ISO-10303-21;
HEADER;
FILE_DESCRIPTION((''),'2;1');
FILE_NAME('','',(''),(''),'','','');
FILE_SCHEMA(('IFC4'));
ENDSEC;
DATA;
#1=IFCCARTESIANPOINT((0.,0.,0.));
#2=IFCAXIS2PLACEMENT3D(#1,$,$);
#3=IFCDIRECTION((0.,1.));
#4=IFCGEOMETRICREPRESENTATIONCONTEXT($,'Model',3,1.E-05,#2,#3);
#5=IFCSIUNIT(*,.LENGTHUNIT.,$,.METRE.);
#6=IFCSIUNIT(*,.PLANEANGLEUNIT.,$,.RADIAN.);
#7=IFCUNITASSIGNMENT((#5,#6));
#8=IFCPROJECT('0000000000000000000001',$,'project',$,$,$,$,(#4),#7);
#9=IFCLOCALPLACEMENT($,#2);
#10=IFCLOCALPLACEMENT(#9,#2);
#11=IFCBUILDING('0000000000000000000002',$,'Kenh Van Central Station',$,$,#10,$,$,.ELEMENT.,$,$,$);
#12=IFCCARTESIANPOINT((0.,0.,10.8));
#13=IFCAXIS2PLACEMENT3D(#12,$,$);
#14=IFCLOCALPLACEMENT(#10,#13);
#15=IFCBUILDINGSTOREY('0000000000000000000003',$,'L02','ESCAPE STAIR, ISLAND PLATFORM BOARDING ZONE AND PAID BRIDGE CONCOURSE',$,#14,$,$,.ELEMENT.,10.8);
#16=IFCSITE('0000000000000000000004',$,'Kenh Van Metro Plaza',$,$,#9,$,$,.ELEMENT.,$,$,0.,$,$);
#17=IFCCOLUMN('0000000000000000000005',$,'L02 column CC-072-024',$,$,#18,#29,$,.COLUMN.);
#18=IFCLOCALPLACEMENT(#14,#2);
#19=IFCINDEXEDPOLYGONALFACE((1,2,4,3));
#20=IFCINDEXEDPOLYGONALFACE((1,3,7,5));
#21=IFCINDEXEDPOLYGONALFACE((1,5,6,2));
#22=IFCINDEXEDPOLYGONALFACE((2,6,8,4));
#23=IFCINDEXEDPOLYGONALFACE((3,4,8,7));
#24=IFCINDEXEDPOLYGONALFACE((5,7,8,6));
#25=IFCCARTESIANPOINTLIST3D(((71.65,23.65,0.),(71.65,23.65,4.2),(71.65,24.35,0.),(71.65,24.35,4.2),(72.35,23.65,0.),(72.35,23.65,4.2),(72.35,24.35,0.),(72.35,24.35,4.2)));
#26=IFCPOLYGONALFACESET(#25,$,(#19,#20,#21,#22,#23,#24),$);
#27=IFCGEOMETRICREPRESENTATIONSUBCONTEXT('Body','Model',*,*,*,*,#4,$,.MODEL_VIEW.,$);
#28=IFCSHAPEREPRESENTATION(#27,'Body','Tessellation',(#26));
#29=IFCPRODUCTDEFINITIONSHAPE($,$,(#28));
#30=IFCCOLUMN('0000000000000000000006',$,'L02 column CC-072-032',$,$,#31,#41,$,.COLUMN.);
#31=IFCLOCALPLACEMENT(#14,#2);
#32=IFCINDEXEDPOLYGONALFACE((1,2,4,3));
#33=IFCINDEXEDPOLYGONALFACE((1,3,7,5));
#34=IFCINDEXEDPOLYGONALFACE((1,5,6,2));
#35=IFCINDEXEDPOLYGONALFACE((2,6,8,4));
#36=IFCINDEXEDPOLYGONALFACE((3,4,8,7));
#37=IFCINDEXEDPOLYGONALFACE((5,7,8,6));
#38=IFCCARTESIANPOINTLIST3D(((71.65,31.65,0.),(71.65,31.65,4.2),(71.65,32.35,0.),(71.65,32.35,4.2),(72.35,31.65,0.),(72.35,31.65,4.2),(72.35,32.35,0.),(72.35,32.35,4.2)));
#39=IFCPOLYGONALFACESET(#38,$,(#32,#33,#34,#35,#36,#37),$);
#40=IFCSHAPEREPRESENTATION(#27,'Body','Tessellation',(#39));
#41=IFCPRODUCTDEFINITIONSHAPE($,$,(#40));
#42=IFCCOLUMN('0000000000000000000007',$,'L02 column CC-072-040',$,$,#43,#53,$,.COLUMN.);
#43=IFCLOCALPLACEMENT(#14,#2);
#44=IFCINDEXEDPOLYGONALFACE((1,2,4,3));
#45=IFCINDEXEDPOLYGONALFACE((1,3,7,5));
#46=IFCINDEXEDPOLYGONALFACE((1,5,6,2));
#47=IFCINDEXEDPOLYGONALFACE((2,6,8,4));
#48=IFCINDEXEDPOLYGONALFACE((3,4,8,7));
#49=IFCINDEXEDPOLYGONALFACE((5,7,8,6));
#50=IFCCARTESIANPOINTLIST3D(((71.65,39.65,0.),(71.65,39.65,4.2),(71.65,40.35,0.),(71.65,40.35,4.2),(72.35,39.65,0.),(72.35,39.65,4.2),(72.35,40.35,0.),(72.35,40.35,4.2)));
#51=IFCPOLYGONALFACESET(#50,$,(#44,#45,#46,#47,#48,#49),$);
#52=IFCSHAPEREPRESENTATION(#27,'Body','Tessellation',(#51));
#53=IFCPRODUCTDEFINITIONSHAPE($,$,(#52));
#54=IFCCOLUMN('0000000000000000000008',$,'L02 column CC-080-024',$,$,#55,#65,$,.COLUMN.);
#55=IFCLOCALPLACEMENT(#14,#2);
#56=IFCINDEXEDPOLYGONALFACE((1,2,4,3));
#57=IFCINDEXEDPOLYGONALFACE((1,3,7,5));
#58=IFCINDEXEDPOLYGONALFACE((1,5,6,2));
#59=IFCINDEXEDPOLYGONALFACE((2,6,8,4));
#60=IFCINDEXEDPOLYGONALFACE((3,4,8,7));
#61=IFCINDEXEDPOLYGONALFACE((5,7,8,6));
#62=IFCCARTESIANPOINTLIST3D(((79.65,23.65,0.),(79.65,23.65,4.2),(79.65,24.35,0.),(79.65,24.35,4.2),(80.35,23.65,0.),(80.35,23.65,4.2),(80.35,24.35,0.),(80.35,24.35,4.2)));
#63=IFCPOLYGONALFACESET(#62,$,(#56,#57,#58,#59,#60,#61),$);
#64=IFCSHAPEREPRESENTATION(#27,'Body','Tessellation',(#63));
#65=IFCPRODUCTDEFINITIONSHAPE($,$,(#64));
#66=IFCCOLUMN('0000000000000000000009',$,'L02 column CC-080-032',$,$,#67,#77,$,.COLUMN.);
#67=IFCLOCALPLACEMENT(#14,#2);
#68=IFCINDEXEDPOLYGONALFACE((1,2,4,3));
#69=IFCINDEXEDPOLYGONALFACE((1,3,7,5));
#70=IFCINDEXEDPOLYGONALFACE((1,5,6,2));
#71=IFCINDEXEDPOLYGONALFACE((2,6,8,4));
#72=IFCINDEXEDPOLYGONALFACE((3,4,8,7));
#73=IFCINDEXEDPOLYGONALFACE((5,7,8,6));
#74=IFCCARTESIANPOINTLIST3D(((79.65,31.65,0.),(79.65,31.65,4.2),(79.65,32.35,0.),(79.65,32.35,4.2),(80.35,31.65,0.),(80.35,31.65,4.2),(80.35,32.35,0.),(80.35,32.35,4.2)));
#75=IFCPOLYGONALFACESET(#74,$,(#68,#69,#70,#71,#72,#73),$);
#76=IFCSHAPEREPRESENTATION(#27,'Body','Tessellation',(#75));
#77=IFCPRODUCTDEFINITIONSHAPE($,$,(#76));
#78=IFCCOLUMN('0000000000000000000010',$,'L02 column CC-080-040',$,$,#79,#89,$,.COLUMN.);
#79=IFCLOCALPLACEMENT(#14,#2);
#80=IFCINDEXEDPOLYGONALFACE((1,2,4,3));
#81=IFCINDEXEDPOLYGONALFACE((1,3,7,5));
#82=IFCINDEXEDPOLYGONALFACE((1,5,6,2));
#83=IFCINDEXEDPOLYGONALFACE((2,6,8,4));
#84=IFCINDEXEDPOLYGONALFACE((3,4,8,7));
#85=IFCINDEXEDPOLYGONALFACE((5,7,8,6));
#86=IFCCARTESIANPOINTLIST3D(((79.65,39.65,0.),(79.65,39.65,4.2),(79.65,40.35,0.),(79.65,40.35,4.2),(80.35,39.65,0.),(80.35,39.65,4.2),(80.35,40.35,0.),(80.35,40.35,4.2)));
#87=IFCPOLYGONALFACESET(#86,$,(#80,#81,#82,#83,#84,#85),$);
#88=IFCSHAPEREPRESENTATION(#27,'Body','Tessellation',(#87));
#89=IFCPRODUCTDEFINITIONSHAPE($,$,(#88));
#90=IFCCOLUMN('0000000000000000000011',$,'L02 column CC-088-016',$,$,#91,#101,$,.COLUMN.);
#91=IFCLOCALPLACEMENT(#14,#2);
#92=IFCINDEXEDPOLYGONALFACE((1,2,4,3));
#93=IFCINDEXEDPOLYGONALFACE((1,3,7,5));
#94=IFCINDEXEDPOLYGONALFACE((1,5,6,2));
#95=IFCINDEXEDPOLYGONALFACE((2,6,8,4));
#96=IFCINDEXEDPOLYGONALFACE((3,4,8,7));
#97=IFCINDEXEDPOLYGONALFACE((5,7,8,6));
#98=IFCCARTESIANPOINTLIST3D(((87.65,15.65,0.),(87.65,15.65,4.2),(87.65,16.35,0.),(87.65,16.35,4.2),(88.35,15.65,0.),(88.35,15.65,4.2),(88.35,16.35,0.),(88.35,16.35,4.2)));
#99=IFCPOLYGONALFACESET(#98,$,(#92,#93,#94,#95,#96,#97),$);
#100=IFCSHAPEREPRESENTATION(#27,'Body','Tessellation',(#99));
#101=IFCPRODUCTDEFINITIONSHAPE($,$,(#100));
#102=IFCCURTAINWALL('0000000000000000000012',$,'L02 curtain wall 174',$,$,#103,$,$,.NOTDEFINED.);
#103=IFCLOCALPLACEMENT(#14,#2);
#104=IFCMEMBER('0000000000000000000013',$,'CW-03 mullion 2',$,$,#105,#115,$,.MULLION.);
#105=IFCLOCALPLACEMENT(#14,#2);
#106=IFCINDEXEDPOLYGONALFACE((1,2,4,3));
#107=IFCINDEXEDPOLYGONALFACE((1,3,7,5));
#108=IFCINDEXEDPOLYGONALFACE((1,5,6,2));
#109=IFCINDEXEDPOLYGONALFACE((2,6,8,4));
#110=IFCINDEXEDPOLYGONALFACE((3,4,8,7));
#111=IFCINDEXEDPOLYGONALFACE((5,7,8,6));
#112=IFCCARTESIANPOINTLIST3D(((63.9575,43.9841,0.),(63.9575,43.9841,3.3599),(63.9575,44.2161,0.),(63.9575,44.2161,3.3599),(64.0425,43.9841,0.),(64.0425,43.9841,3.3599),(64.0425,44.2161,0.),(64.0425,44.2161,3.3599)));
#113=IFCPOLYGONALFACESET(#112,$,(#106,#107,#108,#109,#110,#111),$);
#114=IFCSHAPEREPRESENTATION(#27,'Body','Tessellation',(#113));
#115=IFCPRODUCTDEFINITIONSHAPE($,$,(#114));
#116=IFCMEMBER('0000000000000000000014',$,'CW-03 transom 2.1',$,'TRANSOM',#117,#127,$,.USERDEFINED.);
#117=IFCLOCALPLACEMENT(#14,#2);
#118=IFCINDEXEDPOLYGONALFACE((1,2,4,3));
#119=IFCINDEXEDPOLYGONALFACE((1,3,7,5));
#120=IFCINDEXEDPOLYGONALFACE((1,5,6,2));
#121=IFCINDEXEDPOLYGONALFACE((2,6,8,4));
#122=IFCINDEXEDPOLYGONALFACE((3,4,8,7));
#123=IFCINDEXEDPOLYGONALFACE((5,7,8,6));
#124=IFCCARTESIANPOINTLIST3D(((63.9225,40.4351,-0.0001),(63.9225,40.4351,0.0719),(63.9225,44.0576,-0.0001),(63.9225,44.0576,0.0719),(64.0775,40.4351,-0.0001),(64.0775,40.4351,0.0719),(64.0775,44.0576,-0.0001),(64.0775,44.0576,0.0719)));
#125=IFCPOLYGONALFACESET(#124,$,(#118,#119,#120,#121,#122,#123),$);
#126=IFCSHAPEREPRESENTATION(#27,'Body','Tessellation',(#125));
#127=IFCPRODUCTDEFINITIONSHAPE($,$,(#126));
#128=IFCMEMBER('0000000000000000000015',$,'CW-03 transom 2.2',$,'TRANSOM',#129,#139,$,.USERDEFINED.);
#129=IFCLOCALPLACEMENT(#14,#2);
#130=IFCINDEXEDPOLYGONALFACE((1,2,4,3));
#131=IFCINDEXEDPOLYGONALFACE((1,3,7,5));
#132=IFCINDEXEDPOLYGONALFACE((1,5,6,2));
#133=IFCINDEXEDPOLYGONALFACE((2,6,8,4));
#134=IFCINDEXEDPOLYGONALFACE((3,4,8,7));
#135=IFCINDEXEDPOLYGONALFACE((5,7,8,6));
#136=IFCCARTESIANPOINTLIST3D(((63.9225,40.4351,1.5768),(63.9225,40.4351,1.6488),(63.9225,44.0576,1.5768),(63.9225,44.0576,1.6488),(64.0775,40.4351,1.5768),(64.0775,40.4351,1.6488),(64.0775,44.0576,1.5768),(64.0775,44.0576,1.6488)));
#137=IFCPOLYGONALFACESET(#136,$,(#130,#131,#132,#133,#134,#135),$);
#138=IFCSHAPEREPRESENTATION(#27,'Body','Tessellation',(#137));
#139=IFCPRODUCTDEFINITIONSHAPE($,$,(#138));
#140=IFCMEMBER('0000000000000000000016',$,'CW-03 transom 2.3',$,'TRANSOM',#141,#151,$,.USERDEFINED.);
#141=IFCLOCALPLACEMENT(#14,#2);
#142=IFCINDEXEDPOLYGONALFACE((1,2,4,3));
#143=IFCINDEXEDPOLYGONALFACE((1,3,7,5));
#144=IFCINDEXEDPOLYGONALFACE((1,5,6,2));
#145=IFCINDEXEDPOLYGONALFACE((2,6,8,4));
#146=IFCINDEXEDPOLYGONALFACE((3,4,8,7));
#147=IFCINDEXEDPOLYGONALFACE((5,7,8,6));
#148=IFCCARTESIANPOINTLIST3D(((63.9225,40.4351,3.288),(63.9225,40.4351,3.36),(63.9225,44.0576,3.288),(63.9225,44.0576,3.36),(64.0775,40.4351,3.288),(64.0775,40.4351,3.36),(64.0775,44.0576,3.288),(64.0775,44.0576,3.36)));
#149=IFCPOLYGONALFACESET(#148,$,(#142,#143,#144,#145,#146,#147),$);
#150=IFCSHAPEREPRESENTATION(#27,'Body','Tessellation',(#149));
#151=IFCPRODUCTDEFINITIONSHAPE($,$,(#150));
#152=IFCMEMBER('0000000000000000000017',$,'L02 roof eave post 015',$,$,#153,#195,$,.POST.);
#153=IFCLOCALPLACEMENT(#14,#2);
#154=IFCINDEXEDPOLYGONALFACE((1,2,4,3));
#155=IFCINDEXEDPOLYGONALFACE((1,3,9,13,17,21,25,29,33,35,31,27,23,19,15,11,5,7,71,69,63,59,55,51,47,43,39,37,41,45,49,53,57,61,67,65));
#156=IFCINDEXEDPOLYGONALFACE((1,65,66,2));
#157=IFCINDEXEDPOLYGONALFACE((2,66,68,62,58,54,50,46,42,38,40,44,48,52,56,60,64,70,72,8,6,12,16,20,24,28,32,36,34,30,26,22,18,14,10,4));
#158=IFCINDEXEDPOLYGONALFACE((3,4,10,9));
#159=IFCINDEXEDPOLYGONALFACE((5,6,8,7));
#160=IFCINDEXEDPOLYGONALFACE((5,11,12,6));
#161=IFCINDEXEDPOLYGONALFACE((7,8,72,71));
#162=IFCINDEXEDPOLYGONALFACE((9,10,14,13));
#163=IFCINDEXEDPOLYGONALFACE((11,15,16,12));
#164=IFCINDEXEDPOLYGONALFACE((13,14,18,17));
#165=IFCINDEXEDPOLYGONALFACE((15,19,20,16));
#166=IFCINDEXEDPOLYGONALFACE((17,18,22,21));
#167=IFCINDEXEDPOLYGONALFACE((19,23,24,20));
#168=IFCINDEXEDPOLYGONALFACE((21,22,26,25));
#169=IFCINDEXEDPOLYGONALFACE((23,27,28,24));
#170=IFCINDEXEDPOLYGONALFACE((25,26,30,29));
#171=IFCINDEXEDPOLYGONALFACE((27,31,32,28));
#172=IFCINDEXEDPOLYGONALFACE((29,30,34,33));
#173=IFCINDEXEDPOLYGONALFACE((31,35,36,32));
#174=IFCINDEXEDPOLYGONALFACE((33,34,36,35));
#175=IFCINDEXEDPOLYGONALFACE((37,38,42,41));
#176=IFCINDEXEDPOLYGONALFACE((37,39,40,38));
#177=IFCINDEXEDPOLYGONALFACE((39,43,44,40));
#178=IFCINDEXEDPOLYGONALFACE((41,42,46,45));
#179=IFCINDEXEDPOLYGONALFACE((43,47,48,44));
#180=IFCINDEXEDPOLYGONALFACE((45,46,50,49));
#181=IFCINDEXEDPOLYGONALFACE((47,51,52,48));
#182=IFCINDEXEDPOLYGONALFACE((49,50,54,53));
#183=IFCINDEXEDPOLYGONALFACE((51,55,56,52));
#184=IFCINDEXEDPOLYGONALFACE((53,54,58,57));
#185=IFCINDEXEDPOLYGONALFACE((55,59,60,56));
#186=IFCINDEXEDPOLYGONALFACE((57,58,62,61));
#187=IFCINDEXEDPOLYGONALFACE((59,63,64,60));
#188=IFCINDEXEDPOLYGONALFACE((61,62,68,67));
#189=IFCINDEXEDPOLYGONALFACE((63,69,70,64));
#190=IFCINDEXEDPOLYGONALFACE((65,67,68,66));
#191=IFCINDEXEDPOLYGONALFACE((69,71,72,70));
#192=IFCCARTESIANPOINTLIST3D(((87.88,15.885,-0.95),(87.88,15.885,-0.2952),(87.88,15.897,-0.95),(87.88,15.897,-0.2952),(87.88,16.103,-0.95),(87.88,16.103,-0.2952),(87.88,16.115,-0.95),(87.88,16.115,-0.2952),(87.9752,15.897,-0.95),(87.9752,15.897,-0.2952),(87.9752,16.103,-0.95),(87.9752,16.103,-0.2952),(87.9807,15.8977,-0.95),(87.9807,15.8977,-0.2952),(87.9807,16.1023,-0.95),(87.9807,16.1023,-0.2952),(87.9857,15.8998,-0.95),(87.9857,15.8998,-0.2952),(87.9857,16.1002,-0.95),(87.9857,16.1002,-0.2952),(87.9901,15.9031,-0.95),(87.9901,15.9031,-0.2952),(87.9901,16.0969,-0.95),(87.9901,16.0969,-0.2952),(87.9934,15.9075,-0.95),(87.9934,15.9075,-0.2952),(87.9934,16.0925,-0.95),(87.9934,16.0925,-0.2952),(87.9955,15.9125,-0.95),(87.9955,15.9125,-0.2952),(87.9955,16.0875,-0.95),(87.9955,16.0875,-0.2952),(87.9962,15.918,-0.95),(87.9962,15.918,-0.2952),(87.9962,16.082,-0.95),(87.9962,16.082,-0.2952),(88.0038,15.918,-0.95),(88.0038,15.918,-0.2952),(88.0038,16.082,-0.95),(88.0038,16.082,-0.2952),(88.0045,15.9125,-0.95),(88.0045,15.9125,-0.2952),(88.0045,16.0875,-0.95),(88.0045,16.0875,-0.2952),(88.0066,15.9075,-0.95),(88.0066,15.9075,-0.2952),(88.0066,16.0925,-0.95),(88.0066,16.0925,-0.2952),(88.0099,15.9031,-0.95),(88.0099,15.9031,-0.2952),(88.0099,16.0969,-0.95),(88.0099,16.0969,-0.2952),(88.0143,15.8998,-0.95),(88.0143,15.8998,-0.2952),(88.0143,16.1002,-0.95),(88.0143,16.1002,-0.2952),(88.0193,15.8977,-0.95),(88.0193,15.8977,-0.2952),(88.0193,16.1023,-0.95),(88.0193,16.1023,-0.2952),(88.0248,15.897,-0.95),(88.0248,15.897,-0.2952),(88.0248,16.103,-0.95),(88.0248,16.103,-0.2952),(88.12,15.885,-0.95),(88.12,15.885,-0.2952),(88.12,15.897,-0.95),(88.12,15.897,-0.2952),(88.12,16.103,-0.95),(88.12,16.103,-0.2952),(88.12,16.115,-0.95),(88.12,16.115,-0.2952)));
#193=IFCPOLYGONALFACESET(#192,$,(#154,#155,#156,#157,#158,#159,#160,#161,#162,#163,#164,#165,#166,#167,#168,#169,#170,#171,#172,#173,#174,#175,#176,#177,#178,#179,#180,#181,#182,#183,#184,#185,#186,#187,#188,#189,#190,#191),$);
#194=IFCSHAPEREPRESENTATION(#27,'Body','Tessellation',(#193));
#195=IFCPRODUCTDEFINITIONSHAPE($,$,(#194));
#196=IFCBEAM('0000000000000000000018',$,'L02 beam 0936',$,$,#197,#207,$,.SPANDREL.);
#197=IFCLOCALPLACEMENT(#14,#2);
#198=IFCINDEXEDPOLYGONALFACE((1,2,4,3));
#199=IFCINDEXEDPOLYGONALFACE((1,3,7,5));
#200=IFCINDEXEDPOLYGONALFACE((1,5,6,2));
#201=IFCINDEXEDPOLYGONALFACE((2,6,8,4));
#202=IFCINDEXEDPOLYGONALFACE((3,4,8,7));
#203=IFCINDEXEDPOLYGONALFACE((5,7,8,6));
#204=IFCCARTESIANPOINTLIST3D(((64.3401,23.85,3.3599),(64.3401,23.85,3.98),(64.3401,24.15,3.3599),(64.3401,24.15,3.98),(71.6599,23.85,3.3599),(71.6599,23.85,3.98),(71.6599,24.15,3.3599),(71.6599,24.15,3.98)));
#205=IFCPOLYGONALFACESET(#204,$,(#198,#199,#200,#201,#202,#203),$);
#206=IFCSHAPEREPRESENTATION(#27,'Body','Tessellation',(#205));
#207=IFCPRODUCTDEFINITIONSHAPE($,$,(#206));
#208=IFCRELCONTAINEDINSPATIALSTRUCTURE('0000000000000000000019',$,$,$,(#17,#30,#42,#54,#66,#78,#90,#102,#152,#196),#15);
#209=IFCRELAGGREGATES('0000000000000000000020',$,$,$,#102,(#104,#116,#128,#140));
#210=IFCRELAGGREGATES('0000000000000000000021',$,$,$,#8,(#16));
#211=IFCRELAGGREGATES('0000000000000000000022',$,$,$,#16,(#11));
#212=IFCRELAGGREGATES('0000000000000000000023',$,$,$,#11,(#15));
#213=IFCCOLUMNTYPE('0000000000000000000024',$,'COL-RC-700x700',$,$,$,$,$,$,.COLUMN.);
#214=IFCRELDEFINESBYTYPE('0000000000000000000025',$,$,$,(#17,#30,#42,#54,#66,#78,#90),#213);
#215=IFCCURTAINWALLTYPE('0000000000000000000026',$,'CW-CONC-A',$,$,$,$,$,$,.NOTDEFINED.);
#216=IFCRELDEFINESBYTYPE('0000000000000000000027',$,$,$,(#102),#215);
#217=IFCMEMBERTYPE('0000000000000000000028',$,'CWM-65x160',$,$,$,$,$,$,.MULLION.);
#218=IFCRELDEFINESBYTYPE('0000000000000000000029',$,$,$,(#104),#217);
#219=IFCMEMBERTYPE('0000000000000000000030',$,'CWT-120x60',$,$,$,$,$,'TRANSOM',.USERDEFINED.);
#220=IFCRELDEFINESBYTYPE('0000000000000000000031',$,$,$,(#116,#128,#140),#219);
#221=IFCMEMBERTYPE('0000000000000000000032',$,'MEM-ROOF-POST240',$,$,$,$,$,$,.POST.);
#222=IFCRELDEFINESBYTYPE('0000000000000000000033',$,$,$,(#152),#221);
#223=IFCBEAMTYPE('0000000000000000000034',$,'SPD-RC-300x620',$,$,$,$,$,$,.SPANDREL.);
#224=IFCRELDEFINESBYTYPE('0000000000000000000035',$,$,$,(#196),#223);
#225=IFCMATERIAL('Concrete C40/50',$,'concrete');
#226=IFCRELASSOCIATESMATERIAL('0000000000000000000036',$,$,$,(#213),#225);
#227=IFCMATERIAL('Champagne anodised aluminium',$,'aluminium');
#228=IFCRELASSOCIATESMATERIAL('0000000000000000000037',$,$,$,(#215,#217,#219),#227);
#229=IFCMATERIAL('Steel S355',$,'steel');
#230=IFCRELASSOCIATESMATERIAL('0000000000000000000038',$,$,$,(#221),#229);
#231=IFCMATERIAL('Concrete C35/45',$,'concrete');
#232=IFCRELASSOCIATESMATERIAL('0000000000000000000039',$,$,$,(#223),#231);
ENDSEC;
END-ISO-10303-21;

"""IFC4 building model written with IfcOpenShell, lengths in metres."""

from ifc_helpers import new_model, si_unit, direction, frame, origin, origin_2d, place, context, subcontext, project, spatial, rectangle, i_section, extrude, material, material_profile, profile_set, type_object, element, aggregate, save


model = new_model("IFC4")

# Units and contexts
model_context = context("Model", 3, precision=1e-05, world=origin(), true_north=direction((0.0, 1.0)))
body_context = subcontext(model_context, "Body", "Model", "MODEL_VIEW")
ifc_project = project(units=[si_unit("LENGTHUNIT", "METRE"), si_unit("PLANEANGLEUNIT", "RADIAN")], contexts=[model_context])

# Site, building, storey
site_placement = place(None, origin())
site = spatial("IfcSite", under=ifc_project, at=site_placement, Name="Kenh Van Metro Plaza", CompositionType="ELEMENT", RefElevation=0.0)
building_placement = place(site_placement, origin())
building = spatial("IfcBuilding", under=site, at=building_placement, Name="Kenh Van Central Station", CompositionType="ELEMENT")
storey_placement = place(building_placement, frame((0.0, 0.0, 10.8)))
storey = spatial("IfcBuildingStorey", under=building, at=storey_placement, Name="L02", Description="ESCAPE STAIR, ISLAND PLATFORM BOARDING ZONE AND PAID BRIDGE CONCOURSE", CompositionType="ELEMENT", Elevation=10.8)

# Columns
ifc_material_1 = material(Name="Concrete C40/50", Category="concrete")
ifc_material_profile_1 = material_profile(ifc_material_1, rectangle(XDim=0.7, YDim=0.7, at=origin_2d()), Name="RC 700x700")
ifc_profile_set_1 = profile_set([ifc_material_profile_1], Name="Concrete C40/50")
column_type = type_object("IfcColumnType", Name="COL-RC-700x700", PredefinedType="COLUMN", material=ifc_profile_set_1)
for number, where, z_axis, x_axis, name in (
    (1, (72.0, 24.0, 0.0), (0.0, 0.0, 1.0), (1.0, 0.0, 0.0), "L02 column CC-072-024"),
    (2, (72.0, 32.0, 0.0), (0.0, 0.0, 1.0), (1.0, 0.0, 0.0), "L02 column CC-072-032"),
    (3, (72.0, 40.0, 0.0), (0.0, 0.0, 1.0), (1.0, 0.0, 0.0), "L02 column CC-072-040"),
    (4, (80.0, 24.0, 0.0), (0.0, 0.0, 1.0), (1.0, 0.0, 0.0), "L02 column CC-080-024"),
    (5, (80.0, 32.0, 0.0), (0.0, 0.0, 1.0), (1.0, 0.0, 0.0), "L02 column CC-080-032"),
    (6, (80.0, 40.0, 0.0), (0.0, 0.0, 1.0), (1.0, 0.0, 0.0), "L02 column CC-080-040"),
    (7, (88.0, 16.0, 0.0), (0.0, 0.0, 1.0), (1.0, 0.0, 0.0), "L02 column CC-088-016"),
):
    element("IfcColumn", number, at=place(storey_placement, frame(where, z_axis=z_axis, x_axis=x_axis)), inside=storey, type_object=column_type, Name=name, PredefinedType="COLUMN", context=body_context, shape_type="SweptSolid", body=[
        extrude(rectangle(XDim=0.7, YDim=0.7, at=origin_2d()), origin(), (0.0, 0.0, 1.0), 4.2),
    ])

# Curtain wall, members
ifc_material_2 = material(Name="Champagne anodised aluminium", Category="aluminium")
curtain_wall_type = type_object("IfcCurtainWallType", Name="CW-CONC-A", PredefinedType="NOTDEFINED", material=ifc_material_2)
curtain_wall_placement = place(storey_placement, origin())
curtain_wall = element("IfcCurtainWall", 8, at=curtain_wall_placement, inside=storey, type_object=curtain_wall_type, Name="L02 curtain wall 174", PredefinedType="NOTDEFINED")
ifc_material_profile_2 = material_profile(ifc_material_2, rectangle(XDim=0.085, YDim=0.2319, at=origin_2d()), Name="AL 85x232")
ifc_profile_set_2 = profile_set([ifc_material_profile_2], Name="Champagne anodised aluminium")
member_type_1 = type_object("IfcMemberType", Name="CWM-65x160", PredefinedType="MULLION", material=ifc_profile_set_2)
member_1_placement = place(storey_placement, frame((64.0, 44.1001, 0.0), z_axis=(0.0, 0.0, 1.0), x_axis=(1.0, 0.0, 0.0)))
member_1 = element("IfcMember", 9, at=member_1_placement, type_object=member_type_1, Name="CW-03 mullion 2", PredefinedType="MULLION", context=body_context, shape_type="SweptSolid", body=[
    extrude(rectangle(XDim=0.085, YDim=0.2319, at=origin_2d()), origin(), (0.0, 0.0, 1.0), 3.3599),
])
ifc_material_profile_3 = material_profile(ifc_material_2, rectangle(XDim=0.155, YDim=0.072, at=origin_2d()), Name="AL 155x72")
ifc_profile_set_3 = profile_set([ifc_material_profile_3], Name="Champagne anodised aluminium")
member_type_2 = type_object("IfcMemberType", Name="CWT-120x60", ElementType="TRANSOM", PredefinedType="USERDEFINED", material=ifc_profile_set_3)
member_2_placement = place(storey_placement, frame((64.0, 44.0576, 0.0359), z_axis=(0.0, -1.0, 0.0), x_axis=(1.0, 0.0, 0.0)))
member_2 = element("IfcMember", 10, at=member_2_placement, type_object=member_type_2, Name="CW-03 transom 2.1", ObjectType="TRANSOM", PredefinedType="USERDEFINED", context=body_context, shape_type="SweptSolid", body=[
    extrude(rectangle(XDim=0.155, YDim=0.072, at=origin_2d()), origin(), (0.0, 0.0, 1.0), 3.6226),
])
member_3_placement = place(storey_placement, frame((64.0, 44.0576, 1.6128), z_axis=(0.0, -1.0, 0.0), x_axis=(1.0, 0.0, 0.0)))
member_3 = element("IfcMember", 11, at=member_3_placement, type_object=member_type_2, Name="CW-03 transom 2.2", ObjectType="TRANSOM", PredefinedType="USERDEFINED", context=body_context, shape_type="SweptSolid", body=[
    extrude(rectangle(XDim=0.155, YDim=0.072, at=origin_2d()), origin(), (0.0, 0.0, 1.0), 3.6226),
])
member_4_placement = place(storey_placement, frame((64.0, 44.0576, 3.324), z_axis=(0.0, -1.0, 0.0), x_axis=(1.0, 0.0, 0.0)))
member_4 = element("IfcMember", 12, at=member_4_placement, type_object=member_type_2, Name="CW-03 transom 2.3", ObjectType="TRANSOM", PredefinedType="USERDEFINED", context=body_context, shape_type="SweptSolid", body=[
    extrude(rectangle(XDim=0.155, YDim=0.072, at=origin_2d()), origin(), (0.0, 0.0, 1.0), 3.6226),
])

# Member
ifc_material_3 = material(Name="Steel S355", Category="steel")
ifc_material_profile_4 = material_profile(ifc_material_3, i_section(OverallWidth=0.24, OverallDepth=0.23, WebThickness=0.0076, FlangeThickness=0.012, FilletRadius=0.021, at=origin_2d()), Name="HEA 240")
ifc_profile_set_4 = profile_set([ifc_material_profile_4], Name="Steel S355")
member_type_3 = type_object("IfcMemberType", Name="MEM-ROOF-POST240", PredefinedType="POST", material=ifc_profile_set_4)
member_5_placement = place(storey_placement, frame((88.0, 16.0, -0.95), z_axis=(0.0, 0.0, 1.0), x_axis=(1.0, 0.0, 0.0)))
element("IfcMember", 13, at=member_5_placement, inside=storey, type_object=member_type_3, Name="L02 roof eave post 015", PredefinedType="POST", context=body_context, shape_type="SweptSolid", body=[
    extrude(i_section(OverallWidth=0.24, OverallDepth=0.23, WebThickness=0.0076, FlangeThickness=0.012, FilletRadius=0.021, at=origin_2d()), origin(), (0.0, 0.0, 1.0), 0.6548),
])

# Beam
ifc_material_4 = material(Name="Concrete C35/45", Category="concrete")
ifc_material_profile_5 = material_profile(ifc_material_4, rectangle(XDim=0.3, YDim=0.6201, at=origin_2d()), Name="RC 300x620")
ifc_profile_set_5 = profile_set([ifc_material_profile_5], Name="Concrete C35/45")
beam_type = type_object("IfcBeamType", Name="SPD-RC-300x620", PredefinedType="SPANDREL", material=ifc_profile_set_5)
for number, where, z_axis, x_axis, name in (
    (14, (64.3401, 24.0, 3.6699), (1.0, 0.0, 0.0), (0.0, 1.0, 0.0), "L02 beam 0936"),
):
    element("IfcBeam", number, at=place(storey_placement, frame(where, z_axis=z_axis, x_axis=x_axis)), inside=storey, type_object=beam_type, Name=name, PredefinedType="SPANDREL", context=body_context, shape_type="SweptSolid", body=[
        extrude(rectangle(XDim=0.3, YDim=0.6201, at=origin_2d()), origin(), (0.0, 0.0, 1.0), 7.3198),
    ])

aggregate(curtain_wall, [member_1, member_2, member_3, member_4])

save(model, "model.ifc")
